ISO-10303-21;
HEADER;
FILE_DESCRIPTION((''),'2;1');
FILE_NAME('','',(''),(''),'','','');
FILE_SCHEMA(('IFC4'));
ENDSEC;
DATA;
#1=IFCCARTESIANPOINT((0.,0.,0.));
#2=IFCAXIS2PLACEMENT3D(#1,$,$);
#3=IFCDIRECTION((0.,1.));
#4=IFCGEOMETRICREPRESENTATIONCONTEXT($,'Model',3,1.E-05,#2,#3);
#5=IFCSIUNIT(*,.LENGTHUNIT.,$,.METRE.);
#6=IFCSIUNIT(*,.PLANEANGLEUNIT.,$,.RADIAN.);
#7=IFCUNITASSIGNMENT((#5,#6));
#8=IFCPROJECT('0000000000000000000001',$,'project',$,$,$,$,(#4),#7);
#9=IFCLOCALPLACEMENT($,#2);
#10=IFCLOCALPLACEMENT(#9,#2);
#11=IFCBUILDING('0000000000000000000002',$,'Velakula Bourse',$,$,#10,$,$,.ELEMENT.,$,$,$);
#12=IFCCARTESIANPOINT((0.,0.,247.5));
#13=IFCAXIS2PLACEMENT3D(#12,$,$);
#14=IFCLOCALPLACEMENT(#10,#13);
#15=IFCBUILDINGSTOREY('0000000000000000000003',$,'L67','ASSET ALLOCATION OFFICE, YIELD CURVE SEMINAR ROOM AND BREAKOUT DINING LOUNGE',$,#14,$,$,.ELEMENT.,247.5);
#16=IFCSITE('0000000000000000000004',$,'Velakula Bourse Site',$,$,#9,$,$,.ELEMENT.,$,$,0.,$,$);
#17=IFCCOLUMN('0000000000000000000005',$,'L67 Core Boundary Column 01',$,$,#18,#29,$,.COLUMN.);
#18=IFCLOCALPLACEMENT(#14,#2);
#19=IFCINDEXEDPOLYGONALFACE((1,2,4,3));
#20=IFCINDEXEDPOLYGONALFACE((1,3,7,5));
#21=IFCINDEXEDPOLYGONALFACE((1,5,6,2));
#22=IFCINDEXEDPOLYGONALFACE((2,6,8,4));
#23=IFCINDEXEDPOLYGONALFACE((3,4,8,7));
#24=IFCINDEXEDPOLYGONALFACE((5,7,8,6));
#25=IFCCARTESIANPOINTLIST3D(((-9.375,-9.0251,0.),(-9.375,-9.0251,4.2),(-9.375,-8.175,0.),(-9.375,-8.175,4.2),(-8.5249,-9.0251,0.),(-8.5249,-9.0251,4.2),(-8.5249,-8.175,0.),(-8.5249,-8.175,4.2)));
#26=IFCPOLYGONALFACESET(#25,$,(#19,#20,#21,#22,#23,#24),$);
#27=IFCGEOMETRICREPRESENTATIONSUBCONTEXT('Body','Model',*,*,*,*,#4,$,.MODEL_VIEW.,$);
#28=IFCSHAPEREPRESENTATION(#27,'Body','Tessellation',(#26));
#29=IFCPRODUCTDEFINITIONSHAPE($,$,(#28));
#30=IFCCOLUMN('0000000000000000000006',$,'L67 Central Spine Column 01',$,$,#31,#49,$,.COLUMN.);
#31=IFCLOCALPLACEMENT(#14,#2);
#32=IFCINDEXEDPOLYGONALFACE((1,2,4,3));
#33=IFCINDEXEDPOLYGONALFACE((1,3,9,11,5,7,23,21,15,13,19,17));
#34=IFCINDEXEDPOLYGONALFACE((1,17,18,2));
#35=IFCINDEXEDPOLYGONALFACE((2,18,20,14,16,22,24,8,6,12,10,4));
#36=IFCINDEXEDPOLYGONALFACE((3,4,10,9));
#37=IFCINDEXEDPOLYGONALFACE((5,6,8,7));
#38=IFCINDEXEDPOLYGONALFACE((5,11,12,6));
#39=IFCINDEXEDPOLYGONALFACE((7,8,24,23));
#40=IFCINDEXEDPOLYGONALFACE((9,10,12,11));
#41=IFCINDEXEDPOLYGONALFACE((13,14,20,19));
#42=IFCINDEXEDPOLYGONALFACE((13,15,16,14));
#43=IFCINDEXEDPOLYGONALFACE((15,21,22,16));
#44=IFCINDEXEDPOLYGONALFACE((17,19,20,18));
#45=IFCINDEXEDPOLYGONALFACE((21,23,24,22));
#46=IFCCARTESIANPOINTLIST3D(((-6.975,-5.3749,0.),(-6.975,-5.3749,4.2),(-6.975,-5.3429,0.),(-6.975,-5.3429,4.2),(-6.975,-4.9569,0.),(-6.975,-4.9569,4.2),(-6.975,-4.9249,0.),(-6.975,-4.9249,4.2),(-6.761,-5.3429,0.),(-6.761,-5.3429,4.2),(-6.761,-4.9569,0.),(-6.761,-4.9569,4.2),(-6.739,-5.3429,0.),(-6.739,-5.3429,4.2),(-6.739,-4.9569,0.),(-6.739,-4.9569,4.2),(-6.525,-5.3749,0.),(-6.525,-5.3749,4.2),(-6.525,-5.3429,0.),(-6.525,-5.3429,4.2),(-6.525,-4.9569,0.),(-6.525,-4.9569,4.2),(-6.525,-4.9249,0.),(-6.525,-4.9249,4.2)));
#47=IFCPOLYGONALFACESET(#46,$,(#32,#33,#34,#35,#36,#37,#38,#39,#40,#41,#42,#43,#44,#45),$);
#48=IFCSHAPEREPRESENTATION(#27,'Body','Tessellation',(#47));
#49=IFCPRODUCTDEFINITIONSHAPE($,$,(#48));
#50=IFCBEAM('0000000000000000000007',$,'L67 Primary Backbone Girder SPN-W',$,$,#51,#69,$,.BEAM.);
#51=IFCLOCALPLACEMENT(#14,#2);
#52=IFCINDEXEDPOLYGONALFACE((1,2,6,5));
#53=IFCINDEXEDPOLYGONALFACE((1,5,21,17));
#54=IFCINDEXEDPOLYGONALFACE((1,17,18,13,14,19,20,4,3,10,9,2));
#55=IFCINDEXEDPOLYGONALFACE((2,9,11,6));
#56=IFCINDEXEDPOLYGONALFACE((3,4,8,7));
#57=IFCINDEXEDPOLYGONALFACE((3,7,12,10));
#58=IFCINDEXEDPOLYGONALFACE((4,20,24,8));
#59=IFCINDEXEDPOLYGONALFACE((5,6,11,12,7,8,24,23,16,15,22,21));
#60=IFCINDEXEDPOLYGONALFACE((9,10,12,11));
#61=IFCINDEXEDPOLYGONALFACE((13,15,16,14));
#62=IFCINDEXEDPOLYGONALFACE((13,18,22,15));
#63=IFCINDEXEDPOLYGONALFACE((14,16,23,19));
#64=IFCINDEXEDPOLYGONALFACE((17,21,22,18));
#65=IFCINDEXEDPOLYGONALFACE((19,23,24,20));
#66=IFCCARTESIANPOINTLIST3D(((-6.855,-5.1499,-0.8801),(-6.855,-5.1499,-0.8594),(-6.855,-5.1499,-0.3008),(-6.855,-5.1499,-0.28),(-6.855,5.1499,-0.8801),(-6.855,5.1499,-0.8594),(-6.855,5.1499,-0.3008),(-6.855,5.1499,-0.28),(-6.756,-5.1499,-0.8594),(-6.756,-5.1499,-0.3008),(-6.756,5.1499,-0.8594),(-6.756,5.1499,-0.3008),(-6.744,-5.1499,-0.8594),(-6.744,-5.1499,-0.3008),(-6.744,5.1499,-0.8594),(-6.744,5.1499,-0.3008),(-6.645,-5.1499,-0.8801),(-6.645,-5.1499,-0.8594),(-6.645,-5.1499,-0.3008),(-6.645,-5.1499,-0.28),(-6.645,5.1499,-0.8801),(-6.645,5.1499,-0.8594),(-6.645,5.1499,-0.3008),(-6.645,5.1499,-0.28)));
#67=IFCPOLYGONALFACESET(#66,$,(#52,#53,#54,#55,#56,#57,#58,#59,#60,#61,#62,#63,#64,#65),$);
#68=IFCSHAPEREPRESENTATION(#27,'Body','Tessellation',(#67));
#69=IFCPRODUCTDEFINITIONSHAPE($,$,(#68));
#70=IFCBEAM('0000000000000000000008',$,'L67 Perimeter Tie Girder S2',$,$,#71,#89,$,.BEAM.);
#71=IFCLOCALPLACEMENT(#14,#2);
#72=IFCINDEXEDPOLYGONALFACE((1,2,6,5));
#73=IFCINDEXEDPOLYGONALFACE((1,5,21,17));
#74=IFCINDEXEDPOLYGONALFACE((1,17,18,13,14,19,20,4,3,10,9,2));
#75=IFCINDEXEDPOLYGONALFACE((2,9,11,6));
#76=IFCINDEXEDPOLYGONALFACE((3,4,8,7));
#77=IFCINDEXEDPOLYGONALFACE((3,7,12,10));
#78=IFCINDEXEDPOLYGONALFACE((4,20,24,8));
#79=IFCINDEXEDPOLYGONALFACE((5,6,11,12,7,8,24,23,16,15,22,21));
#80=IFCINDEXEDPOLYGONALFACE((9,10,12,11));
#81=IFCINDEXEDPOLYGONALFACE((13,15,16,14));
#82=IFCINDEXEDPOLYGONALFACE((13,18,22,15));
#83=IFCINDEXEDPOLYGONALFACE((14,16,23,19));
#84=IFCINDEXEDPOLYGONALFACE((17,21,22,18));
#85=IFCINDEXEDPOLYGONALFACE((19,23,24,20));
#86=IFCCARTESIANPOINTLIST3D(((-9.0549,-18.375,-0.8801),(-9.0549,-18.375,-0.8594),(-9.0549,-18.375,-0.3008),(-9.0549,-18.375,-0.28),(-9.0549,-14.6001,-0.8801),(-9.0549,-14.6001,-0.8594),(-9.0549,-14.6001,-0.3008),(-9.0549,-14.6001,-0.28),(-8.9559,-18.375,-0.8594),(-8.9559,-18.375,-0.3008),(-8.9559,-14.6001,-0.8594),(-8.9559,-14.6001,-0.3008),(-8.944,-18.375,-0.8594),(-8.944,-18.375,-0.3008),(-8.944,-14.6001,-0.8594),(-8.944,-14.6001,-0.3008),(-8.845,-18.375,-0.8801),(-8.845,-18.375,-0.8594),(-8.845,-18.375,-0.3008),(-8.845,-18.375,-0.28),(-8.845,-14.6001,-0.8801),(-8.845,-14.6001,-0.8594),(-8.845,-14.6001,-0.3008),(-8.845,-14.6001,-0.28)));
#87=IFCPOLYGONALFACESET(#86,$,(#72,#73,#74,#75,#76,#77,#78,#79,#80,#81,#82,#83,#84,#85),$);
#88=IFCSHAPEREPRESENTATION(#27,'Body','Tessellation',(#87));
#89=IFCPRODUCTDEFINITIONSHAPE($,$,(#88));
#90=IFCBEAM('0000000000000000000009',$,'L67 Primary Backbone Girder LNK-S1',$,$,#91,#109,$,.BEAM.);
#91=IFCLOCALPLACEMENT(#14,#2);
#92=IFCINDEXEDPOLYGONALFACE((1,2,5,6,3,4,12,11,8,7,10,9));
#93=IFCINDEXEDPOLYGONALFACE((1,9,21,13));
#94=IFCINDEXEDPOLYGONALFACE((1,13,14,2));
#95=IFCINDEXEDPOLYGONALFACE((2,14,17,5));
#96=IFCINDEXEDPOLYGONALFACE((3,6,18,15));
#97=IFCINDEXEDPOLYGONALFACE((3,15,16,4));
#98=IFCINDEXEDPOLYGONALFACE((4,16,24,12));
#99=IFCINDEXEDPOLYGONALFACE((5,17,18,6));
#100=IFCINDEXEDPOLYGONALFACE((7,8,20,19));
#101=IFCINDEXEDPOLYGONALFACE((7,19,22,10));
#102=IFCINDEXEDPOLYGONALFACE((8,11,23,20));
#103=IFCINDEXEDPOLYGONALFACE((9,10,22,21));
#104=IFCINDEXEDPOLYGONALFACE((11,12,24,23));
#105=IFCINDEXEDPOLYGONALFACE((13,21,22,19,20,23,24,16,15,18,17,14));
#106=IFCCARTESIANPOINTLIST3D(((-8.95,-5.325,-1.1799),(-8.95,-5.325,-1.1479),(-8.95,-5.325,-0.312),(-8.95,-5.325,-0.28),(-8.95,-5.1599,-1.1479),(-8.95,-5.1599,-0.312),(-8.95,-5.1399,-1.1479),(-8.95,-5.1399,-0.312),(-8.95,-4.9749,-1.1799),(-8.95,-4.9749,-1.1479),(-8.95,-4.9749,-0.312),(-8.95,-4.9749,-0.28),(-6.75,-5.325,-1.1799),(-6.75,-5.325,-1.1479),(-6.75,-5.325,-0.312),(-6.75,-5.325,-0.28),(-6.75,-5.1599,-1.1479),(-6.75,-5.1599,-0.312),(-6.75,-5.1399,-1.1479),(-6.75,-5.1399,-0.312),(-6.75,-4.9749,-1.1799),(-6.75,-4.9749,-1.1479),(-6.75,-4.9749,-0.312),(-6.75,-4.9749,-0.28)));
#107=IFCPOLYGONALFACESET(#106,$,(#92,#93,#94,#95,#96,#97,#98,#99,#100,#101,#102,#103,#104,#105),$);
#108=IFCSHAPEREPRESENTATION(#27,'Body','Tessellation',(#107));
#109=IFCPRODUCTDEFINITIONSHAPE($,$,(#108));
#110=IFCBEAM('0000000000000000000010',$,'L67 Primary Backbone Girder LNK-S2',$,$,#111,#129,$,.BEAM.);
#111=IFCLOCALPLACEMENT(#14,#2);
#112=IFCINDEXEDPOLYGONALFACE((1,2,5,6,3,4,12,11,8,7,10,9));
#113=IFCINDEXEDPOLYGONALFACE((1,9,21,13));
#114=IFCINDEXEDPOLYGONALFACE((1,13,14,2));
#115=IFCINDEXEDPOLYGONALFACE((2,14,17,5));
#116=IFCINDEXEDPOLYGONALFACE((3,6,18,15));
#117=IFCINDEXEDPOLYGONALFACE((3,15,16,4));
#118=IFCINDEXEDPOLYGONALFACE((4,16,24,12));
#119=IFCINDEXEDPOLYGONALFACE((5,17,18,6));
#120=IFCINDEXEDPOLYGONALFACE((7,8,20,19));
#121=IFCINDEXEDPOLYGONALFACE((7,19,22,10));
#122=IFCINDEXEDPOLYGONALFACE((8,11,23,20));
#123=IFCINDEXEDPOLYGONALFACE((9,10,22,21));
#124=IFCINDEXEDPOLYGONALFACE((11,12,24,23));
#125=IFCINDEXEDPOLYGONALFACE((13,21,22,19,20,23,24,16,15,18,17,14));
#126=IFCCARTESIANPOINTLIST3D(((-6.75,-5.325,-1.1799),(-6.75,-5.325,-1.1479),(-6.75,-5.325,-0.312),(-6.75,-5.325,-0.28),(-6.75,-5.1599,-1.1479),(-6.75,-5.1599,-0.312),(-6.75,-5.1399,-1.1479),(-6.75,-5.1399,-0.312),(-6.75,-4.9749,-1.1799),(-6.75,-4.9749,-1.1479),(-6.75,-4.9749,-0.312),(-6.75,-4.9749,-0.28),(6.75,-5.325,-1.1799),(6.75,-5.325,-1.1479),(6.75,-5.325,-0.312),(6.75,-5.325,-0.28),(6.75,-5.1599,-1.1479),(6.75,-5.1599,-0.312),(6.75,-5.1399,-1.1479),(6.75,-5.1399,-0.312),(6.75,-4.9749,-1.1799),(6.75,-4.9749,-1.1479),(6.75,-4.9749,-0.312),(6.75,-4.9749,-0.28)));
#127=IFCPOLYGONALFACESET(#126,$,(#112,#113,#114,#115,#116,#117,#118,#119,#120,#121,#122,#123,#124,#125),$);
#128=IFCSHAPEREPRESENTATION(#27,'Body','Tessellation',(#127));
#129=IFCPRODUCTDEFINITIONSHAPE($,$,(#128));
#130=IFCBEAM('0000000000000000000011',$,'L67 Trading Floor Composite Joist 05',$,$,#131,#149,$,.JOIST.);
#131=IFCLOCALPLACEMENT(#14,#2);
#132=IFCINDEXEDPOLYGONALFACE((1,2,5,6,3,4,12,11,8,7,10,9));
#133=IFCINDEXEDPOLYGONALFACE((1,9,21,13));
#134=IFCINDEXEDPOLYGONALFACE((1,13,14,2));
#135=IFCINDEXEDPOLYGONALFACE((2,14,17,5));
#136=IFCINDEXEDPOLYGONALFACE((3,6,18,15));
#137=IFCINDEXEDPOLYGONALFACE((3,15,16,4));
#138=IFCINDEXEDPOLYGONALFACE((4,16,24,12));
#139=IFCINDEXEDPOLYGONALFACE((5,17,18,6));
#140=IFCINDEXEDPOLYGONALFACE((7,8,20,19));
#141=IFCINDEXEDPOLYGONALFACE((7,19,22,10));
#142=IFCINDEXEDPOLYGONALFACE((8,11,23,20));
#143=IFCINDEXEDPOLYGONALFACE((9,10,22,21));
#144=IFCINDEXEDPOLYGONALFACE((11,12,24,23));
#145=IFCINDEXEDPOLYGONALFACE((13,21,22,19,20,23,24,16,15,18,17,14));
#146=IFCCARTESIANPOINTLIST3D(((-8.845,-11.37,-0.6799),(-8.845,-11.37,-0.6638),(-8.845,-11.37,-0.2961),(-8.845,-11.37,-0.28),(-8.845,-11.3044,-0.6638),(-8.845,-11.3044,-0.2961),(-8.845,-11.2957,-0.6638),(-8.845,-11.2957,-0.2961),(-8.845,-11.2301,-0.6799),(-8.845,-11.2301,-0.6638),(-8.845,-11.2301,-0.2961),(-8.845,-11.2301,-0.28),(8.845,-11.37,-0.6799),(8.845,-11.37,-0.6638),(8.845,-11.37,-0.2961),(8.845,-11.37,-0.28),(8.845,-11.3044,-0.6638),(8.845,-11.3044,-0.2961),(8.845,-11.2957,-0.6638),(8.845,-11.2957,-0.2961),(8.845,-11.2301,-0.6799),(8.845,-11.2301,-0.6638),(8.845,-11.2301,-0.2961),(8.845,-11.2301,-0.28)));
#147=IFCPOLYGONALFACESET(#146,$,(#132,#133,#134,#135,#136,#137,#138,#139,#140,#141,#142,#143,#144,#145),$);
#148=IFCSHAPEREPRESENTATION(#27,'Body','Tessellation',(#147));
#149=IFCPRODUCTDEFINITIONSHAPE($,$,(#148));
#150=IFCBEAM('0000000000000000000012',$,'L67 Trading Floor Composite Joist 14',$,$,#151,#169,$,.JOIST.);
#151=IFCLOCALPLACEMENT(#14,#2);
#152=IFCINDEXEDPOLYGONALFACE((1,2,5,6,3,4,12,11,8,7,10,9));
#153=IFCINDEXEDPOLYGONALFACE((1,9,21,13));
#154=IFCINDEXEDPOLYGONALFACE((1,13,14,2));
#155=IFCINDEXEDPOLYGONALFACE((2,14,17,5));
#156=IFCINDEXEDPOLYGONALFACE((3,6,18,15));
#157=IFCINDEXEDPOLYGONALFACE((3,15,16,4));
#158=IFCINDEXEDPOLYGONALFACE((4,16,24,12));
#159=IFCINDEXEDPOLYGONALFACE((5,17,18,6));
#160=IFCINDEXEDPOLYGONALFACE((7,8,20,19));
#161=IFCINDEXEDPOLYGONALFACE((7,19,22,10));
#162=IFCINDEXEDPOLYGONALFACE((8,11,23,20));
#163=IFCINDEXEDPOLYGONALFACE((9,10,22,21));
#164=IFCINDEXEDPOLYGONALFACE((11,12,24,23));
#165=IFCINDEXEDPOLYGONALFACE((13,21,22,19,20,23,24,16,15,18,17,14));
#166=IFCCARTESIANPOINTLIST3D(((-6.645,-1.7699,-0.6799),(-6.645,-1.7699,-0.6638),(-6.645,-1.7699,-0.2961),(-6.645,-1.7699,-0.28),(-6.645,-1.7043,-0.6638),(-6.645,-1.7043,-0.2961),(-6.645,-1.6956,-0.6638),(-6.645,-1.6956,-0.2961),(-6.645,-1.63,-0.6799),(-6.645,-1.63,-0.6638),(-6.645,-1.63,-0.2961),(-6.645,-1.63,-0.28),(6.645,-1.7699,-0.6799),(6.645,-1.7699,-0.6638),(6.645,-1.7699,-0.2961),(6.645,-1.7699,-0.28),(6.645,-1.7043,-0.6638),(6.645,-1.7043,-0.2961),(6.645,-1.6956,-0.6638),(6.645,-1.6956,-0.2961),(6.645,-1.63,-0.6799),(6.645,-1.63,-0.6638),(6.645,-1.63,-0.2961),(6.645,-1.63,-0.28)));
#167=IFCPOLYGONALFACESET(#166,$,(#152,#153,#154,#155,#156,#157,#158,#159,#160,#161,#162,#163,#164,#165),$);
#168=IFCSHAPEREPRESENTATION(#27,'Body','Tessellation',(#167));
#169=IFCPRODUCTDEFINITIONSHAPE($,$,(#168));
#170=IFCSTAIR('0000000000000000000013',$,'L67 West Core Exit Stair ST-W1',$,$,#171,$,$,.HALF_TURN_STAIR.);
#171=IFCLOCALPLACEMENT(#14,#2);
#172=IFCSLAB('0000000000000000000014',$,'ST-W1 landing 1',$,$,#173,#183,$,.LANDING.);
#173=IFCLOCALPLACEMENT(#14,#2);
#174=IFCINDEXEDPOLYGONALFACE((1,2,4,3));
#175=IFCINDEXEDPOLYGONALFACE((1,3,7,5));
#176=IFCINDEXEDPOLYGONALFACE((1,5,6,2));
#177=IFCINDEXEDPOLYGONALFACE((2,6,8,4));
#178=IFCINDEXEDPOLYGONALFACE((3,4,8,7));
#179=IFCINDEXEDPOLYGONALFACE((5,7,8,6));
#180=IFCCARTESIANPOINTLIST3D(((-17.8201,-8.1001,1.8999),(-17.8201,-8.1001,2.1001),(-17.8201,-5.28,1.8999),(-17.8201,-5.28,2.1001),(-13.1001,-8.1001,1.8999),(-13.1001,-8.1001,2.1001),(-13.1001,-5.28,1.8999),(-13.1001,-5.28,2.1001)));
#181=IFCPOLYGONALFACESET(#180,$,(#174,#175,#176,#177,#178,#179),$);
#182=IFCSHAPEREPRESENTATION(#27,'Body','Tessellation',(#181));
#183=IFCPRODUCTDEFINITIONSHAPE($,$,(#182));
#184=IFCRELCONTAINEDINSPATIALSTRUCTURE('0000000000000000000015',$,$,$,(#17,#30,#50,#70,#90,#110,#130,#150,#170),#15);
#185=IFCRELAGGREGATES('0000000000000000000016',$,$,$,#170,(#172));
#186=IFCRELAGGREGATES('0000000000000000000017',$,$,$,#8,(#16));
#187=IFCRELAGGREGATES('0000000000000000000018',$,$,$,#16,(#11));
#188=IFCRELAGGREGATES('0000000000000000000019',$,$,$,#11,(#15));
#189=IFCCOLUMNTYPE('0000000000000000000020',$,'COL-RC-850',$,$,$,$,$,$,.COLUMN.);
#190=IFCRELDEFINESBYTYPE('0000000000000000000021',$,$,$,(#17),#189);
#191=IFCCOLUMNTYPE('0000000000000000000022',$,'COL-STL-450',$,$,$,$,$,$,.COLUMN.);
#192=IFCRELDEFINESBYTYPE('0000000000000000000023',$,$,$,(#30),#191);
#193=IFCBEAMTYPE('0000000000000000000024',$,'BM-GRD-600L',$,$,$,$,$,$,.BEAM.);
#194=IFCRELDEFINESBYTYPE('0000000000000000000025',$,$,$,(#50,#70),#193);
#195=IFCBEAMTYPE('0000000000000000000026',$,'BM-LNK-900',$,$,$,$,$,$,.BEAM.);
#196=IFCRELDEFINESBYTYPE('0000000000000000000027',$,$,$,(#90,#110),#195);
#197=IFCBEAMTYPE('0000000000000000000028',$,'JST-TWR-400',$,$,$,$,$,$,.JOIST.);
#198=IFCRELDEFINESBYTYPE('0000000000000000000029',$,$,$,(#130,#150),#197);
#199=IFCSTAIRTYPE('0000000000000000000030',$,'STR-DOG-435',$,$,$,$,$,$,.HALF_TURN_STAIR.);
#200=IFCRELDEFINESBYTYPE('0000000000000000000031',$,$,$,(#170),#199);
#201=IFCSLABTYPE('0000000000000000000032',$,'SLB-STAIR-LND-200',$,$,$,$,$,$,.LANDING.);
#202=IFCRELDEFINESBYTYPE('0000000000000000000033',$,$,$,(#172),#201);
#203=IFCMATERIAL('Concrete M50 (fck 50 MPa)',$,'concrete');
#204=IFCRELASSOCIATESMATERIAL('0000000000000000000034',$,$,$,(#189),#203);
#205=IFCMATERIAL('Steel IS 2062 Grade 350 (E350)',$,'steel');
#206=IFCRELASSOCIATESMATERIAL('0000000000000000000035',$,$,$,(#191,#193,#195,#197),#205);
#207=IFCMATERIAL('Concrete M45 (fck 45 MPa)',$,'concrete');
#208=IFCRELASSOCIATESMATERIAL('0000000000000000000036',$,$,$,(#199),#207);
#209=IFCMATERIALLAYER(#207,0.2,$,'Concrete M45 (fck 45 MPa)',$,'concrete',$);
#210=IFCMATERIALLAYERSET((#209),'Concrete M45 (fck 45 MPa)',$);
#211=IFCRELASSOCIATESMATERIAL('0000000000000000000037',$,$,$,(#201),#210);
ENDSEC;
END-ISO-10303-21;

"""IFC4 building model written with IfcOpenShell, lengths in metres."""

from ifc_helpers import new_model, si_unit, direction, frame, origin, origin_2d, place, context, subcontext, project, spatial, polyline, rectangle, i_section, outline, extrude, material, layer, layer_set, material_profile, profile_set, type_object, element, aggregate, save


model = new_model("IFC4")

# Units and contexts
model_context = context("Model", 3, precision=1e-05, world=origin(), true_north=direction((0.0, 1.0)))
body_context = subcontext(model_context, "Body", "Model", "MODEL_VIEW")
ifc_project = project(units=[si_unit("LENGTHUNIT", "METRE"), si_unit("PLANEANGLEUNIT", "RADIAN")], contexts=[model_context])

# Site, building, storey
site_placement = place(None, origin())
site = spatial("IfcSite", under=ifc_project, at=site_placement, Name="Velakula Bourse Site", CompositionType="ELEMENT", RefElevation=0.0)
building_placement = place(site_placement, origin())
building = spatial("IfcBuilding", under=site, at=building_placement, Name="Velakula Bourse", CompositionType="ELEMENT")
storey_placement = place(building_placement, frame((0.0, 0.0, 247.5)))
storey = spatial("IfcBuildingStorey", under=building, at=storey_placement, Name="L67", Description="ASSET ALLOCATION OFFICE, YIELD CURVE SEMINAR ROOM AND BREAKOUT DINING LOUNGE", CompositionType="ELEMENT", Elevation=247.5)

# Columns
ifc_material_1 = material(Name="Concrete M50 (fck 50 MPa)", Category="concrete")
ifc_material_profile_1 = material_profile(ifc_material_1, rectangle(XDim=0.8501, YDim=0.8501, at=origin_2d()), Name="Concrete M50 (fck 50 MPa)")
ifc_profile_set_1 = profile_set([ifc_material_profile_1], Name="Concrete M50 (fck 50 MPa)")
column_type_1 = type_object("IfcColumnType", Name="COL-RC-850", PredefinedType="COLUMN", material=ifc_profile_set_1)
column_1_placement = place(storey_placement, frame((-8.95, -8.6001, 0.0), z_axis=(0.0, 0.0, 1.0), x_axis=(1.0, 0.0, 0.0)))
element("IfcColumn", 1, at=column_1_placement, inside=storey, type_object=column_type_1, Name="L67 Core Boundary Column 01", PredefinedType="COLUMN", context=body_context, shape_type="SweptSolid", body=[
    extrude(rectangle(XDim=0.8501, YDim=0.8501, at=origin_2d()), origin(), (0.0, 0.0, 1.0), 4.2),
])
ifc_material_2 = material(Name="Steel IS 2062 Grade 350 (E350)", Category="steel")
ifc_material_profile_2 = material_profile(ifc_material_2, i_section(OverallWidth=0.45, OverallDepth=0.45, WebThickness=0.022, FlangeThickness=0.032, at=origin_2d()), Name="Steel IS 2062 Grade 350 (E350)")
ifc_profile_set_2 = profile_set([ifc_material_profile_2], Name="Steel IS 2062 Grade 350 (E350)")
column_type_2 = type_object("IfcColumnType", Name="COL-STL-450", PredefinedType="COLUMN", material=ifc_profile_set_2)
column_2_placement = place(storey_placement, frame((-6.75, -5.1499, 0.0), z_axis=(0.0, 0.0, 1.0), x_axis=(1.0, 0.0, 0.0)))
element("IfcColumn", 2, at=column_2_placement, inside=storey, type_object=column_type_2, Name="L67 Central Spine Column 01", PredefinedType="COLUMN", context=body_context, shape_type="SweptSolid", body=[
    extrude(i_section(OverallWidth=0.45, OverallDepth=0.45, WebThickness=0.022, FlangeThickness=0.032, at=origin_2d()), origin(), (0.0, 0.0, 1.0), 4.2),
])

# Beams
ifc_material_profile_3 = material_profile(ifc_material_2, i_section(OverallWidth=0.21, OverallDepth=0.6001, WebThickness=0.012, FlangeThickness=0.0208, at=origin_2d()), Name="Steel IS 2062 Grade 350 (E350)")
ifc_profile_set_3 = profile_set([ifc_material_profile_3], Name="Steel IS 2062 Grade 350 (E350)")
beam_type_1 = type_object("IfcBeamType", Name="BM-GRD-600L", PredefinedType="BEAM", material=ifc_profile_set_3)
beam_1_placement = place(storey_placement, frame((-6.75, -5.1499, -0.5801), z_axis=(0.0, 1.0, 0.0), x_axis=(-1.0, 0.0, 0.0)))
element("IfcBeam", 3, at=beam_1_placement, inside=storey, type_object=beam_type_1, Name="L67 Primary Backbone Girder SPN-W", PredefinedType="BEAM", context=body_context, shape_type="SweptSolid", body=[
    extrude(i_section(OverallWidth=0.21, OverallDepth=0.6001, WebThickness=0.012, FlangeThickness=0.0208, at=origin_2d()), origin(), (0.0, 0.0, 1.0), 10.2998),
])
beam_2_placement = place(storey_placement, frame((-8.95, -14.6001, -0.5801), z_axis=(0.0, -1.0, 0.0), x_axis=(1.0, 0.0, 0.0)))
element("IfcBeam", 4, at=beam_2_placement, inside=storey, type_object=beam_type_1, Name="L67 Perimeter Tie Girder S2", PredefinedType="BEAM", context=body_context, shape_type="SweptSolid", body=[
    extrude(i_section(OverallWidth=0.21, OverallDepth=0.6001, WebThickness=0.012, FlangeThickness=0.0208, at=origin_2d()), origin(), (0.0, 0.0, 1.0), 3.7749),
])
ifc_material_profile_4 = material_profile(ifc_material_2, i_section(OverallWidth=0.3501, OverallDepth=0.8999, WebThickness=0.02, FlangeThickness=0.032, at=origin_2d()), Name="Steel IS 2062 Grade 350 (E350)")
ifc_profile_set_4 = profile_set([ifc_material_profile_4], Name="Steel IS 2062 Grade 350 (E350)")
beam_type_2 = type_object("IfcBeamType", Name="BM-LNK-900", PredefinedType="BEAM", material=ifc_profile_set_4)
beam_3_placement = place(storey_placement, frame((-8.95, -5.1499, -0.73), z_axis=(1.0, 0.0, 0.0), x_axis=(0.0, 1.0, 0.0)))
element("IfcBeam", 5, at=beam_3_placement, inside=storey, type_object=beam_type_2, Name="L67 Primary Backbone Girder LNK-S1", PredefinedType="BEAM", context=body_context, shape_type="SweptSolid", body=[
    extrude(i_section(OverallWidth=0.3501, OverallDepth=0.8999, WebThickness=0.02, FlangeThickness=0.032, at=origin_2d()), origin(), (0.0, 0.0, 1.0), 2.2),
])
beam_4_placement = place(storey_placement, frame((-6.75, -5.1499, -0.73), z_axis=(1.0, 0.0, 0.0), x_axis=(0.0, 1.0, 0.0)))
element("IfcBeam", 6, at=beam_4_placement, inside=storey, type_object=beam_type_2, Name="L67 Primary Backbone Girder LNK-S2", PredefinedType="BEAM", context=body_context, shape_type="SweptSolid", body=[
    extrude(i_section(OverallWidth=0.3501, OverallDepth=0.8999, WebThickness=0.02, FlangeThickness=0.032, at=origin_2d()), origin(), (0.0, 0.0, 1.0), 13.5),
])
ifc_material_profile_5 = material_profile(ifc_material_2, i_section(OverallWidth=0.1399, OverallDepth=0.3999, WebThickness=0.0088, FlangeThickness=0.0161, at=origin_2d()), Name="Steel IS 2062 Grade 350 (E350)")
ifc_profile_set_5 = profile_set([ifc_material_profile_5], Name="Steel IS 2062 Grade 350 (E350)")
beam_type_3 = type_object("IfcBeamType", Name="JST-TWR-400", PredefinedType="JOIST", material=ifc_profile_set_5)
beam_5_placement = place(storey_placement, frame((-8.845, -11.3, -0.48), z_axis=(1.0, 0.0, 0.0), x_axis=(0.0, 1.0, 0.0)))
element("IfcBeam", 7, at=beam_5_placement, inside=storey, type_object=beam_type_3, Name="L67 Trading Floor Composite Joist 05", PredefinedType="JOIST", context=body_context, shape_type="SweptSolid", body=[
    extrude(i_section(OverallWidth=0.1399, OverallDepth=0.3999, WebThickness=0.0088, FlangeThickness=0.0161, at=origin_2d()), origin(), (0.0, 0.0, 1.0), 17.6899),
])
beam_6_placement = place(storey_placement, frame((-6.645, -1.7, -0.48), z_axis=(1.0, 0.0, 0.0), x_axis=(0.0, 1.0, 0.0)))
element("IfcBeam", 8, at=beam_6_placement, inside=storey, type_object=beam_type_3, Name="L67 Trading Floor Composite Joist 14", PredefinedType="JOIST", context=body_context, shape_type="SweptSolid", body=[
    extrude(i_section(OverallWidth=0.1399, OverallDepth=0.3999, WebThickness=0.0088, FlangeThickness=0.0161, at=origin_2d()), origin(), (0.0, 0.0, 1.0), 13.29),
])

# Stair, slab
ifc_material_3 = material(Name="Concrete M45 (fck 45 MPa)", Category="concrete")
stair_type = type_object("IfcStairType", Name="STR-DOG-435", PredefinedType="HALF_TURN_STAIR", material=ifc_material_3)
stair_placement = place(storey_placement, origin())
stair = element("IfcStair", 9, at=stair_placement, inside=storey, type_object=stair_type, Name="L67 West Core Exit Stair ST-W1", PredefinedType="HALF_TURN_STAIR")
ifc_layer_1 = layer(ifc_material_3, 0.2, Name="Concrete M45 (fck 45 MPa)", Category="concrete")
ifc_layer_set_1 = layer_set([ifc_layer_1], Name="Concrete M45 (fck 45 MPa)")
slab_type_1 = type_object("IfcSlabType", Name="SLB-STAIR-LND-200", PredefinedType="LANDING", material=ifc_layer_set_1)
slab_1_placement = place(storey_placement, frame((0.0, 0.0, 1.8999)))
slab_1 = element("IfcSlab", 10, at=slab_1_placement, type_object=slab_type_1, Name="ST-W1 landing 1", PredefinedType="LANDING", context=body_context, shape_type="SweptSolid", body=[
    extrude(outline(polyline([(-17.8201, -5.28), (-17.8201, -8.1001), (-13.1001, -8.1001), (-13.1001, -5.28), (-17.8201, -5.28)])), origin(), (0.0, 0.0, 1.0), 0.2002),
])
aggregate(stair, [slab_1])

save(model, "model.ifc")
